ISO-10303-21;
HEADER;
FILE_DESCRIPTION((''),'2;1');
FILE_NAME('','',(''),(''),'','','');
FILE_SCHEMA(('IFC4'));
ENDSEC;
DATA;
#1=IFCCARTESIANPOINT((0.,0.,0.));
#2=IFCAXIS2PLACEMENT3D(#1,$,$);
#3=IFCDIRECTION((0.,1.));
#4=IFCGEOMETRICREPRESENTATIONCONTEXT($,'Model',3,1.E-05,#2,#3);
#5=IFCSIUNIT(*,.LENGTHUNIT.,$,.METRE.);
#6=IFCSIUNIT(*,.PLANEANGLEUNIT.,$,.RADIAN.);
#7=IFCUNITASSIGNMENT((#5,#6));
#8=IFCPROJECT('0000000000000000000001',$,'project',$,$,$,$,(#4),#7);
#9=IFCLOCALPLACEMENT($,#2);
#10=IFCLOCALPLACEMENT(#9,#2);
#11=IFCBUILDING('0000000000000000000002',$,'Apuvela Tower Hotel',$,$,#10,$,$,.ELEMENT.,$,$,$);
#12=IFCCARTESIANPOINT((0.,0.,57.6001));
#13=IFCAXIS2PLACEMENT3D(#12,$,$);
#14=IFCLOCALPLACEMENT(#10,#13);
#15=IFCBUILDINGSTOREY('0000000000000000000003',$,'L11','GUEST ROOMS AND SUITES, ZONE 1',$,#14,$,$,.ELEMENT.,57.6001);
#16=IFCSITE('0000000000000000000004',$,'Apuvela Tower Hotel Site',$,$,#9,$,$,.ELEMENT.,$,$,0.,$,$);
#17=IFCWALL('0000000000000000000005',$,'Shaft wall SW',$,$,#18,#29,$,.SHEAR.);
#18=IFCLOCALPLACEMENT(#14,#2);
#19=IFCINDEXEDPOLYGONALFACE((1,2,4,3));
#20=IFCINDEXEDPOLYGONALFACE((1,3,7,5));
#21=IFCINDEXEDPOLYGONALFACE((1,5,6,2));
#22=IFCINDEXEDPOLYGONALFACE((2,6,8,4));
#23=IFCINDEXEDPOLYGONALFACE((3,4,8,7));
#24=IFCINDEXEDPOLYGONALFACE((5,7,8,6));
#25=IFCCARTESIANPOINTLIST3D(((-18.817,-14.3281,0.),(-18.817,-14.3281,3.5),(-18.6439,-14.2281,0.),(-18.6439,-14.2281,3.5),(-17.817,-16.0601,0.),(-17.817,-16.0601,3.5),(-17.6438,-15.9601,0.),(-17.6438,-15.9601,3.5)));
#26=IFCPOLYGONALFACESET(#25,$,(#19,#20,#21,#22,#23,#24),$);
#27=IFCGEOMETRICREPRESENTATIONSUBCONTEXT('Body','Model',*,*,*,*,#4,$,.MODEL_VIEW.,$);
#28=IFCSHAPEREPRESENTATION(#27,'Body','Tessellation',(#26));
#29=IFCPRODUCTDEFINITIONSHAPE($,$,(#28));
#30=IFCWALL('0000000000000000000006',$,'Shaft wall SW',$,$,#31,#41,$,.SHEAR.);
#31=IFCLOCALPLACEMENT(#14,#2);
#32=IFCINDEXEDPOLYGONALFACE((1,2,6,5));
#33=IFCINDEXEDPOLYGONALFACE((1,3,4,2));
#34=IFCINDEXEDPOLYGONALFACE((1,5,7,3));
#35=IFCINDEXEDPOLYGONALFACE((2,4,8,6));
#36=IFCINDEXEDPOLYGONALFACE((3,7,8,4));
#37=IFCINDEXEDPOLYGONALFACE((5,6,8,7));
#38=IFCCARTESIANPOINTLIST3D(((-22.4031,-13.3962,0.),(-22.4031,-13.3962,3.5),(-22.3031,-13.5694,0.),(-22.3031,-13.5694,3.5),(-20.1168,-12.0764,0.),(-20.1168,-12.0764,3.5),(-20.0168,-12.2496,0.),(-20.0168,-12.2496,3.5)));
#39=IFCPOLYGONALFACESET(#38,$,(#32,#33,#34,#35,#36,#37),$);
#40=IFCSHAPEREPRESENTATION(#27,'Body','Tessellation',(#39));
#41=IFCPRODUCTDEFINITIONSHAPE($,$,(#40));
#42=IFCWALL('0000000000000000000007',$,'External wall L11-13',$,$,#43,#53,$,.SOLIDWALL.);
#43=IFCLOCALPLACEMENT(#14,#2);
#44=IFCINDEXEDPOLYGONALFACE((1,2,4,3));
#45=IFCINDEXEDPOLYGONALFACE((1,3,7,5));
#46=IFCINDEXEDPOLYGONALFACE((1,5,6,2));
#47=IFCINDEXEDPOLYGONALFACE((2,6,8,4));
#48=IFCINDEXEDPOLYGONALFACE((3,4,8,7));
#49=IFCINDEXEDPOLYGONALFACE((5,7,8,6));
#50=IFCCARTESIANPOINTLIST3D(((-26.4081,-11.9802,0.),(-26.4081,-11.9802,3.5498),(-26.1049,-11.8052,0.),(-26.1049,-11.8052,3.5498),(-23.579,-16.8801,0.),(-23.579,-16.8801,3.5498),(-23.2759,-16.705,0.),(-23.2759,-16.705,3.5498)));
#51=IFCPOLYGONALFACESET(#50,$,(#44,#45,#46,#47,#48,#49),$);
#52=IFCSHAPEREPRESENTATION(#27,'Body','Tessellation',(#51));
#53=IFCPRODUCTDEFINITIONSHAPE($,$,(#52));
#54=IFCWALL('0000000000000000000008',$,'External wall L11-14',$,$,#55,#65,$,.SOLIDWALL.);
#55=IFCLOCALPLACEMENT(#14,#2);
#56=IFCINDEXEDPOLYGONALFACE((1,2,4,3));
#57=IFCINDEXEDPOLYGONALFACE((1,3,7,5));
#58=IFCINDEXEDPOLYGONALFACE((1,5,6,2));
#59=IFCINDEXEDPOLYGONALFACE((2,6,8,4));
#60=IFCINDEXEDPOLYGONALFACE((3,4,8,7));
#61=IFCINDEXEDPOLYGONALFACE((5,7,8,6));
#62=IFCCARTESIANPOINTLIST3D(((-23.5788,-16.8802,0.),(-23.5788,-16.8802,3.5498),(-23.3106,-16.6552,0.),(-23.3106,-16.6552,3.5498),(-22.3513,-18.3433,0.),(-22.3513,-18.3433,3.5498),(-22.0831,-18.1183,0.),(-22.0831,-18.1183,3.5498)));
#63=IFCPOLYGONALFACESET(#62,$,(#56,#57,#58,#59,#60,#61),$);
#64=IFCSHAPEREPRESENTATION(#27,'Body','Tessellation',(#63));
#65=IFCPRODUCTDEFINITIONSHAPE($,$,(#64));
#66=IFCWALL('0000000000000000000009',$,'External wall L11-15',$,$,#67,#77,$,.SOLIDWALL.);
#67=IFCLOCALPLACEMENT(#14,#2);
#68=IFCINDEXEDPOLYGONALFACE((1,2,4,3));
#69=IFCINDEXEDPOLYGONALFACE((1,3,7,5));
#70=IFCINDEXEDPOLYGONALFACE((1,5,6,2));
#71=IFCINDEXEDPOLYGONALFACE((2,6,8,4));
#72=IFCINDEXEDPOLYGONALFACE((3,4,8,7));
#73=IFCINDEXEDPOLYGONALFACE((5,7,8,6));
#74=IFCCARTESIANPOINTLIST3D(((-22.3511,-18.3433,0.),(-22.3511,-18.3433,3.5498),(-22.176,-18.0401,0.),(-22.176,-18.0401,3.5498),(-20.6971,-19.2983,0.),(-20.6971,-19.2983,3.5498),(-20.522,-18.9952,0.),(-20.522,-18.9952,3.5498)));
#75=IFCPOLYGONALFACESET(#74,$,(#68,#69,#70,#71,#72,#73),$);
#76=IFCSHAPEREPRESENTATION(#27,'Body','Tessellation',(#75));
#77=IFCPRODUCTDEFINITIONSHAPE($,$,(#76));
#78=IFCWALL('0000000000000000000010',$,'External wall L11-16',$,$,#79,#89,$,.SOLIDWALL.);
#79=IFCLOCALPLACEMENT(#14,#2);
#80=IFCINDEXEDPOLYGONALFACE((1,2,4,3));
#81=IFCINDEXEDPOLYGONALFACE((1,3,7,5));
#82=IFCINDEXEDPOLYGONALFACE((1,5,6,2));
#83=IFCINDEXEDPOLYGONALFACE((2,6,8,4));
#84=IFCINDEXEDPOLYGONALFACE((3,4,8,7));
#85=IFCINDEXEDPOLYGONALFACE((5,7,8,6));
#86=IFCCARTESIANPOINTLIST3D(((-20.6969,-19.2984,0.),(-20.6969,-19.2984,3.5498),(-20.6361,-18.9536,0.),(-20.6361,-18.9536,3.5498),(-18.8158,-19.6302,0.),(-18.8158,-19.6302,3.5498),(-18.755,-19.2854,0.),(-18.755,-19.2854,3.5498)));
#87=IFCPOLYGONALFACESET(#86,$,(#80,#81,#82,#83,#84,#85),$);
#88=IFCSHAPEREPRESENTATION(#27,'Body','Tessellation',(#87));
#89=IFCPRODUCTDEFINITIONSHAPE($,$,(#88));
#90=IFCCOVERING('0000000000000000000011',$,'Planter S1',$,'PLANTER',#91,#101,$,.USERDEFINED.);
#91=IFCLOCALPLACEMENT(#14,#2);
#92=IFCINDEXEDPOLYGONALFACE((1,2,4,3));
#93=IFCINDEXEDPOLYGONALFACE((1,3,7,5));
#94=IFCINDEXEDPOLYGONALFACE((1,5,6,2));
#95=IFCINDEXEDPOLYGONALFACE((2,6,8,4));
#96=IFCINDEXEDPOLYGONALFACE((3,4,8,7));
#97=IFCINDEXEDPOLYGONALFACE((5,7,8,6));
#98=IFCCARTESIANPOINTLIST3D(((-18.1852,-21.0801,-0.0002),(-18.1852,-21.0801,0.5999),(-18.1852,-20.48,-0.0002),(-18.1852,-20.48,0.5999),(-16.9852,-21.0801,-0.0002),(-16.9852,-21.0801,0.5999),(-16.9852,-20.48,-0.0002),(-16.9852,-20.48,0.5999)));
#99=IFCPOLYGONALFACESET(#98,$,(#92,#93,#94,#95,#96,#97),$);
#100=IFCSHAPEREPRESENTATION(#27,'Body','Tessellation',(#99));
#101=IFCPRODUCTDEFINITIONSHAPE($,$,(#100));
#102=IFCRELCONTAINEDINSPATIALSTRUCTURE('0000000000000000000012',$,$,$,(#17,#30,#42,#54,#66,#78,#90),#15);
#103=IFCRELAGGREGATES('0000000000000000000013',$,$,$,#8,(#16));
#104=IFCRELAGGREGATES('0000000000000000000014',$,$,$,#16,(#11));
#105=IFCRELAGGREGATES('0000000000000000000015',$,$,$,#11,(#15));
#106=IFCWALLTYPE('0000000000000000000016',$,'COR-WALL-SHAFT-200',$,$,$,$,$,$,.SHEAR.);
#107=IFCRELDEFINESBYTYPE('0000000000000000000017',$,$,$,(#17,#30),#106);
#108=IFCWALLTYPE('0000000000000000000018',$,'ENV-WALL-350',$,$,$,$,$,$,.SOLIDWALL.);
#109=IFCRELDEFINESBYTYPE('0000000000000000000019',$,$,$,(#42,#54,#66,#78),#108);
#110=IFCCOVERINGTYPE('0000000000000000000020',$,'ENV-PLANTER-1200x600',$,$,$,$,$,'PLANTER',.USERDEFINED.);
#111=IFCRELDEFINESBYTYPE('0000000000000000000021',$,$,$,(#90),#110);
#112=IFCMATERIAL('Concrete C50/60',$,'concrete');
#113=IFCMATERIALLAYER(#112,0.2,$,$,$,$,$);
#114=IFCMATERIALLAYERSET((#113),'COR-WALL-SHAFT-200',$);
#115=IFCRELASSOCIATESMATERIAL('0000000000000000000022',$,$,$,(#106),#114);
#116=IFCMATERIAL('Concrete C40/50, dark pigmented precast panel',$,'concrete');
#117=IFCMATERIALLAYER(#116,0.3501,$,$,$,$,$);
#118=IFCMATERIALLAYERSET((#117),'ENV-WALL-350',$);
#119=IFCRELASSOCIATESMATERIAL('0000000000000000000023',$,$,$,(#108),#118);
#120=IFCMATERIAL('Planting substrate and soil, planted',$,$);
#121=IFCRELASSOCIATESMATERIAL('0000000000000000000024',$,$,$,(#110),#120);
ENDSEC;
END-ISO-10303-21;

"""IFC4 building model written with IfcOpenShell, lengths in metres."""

from ifc_helpers import new_model, si_unit, direction, frame, frame_2d, origin, origin_2d, place, context, subcontext, project, spatial, rectangle, extrude, material, layer, layer_set, type_object, element, save


model = new_model("IFC4")

# Units and contexts
model_context = context("Model", 3, precision=1e-05, world=origin(), true_north=direction((0.0, 1.0)))
body_context = subcontext(model_context, "Body", "Model", "MODEL_VIEW")
ifc_project = project(units=[si_unit("LENGTHUNIT", "METRE"), si_unit("PLANEANGLEUNIT", "RADIAN")], contexts=[model_context])

# Site, building, storey
site_placement = place(None, origin())
site = spatial("IfcSite", under=ifc_project, at=site_placement, Name="Apuvela Tower Hotel Site", CompositionType="ELEMENT", RefElevation=0.0)
building_placement = place(site_placement, origin())
building = spatial("IfcBuilding", under=site, at=building_placement, Name="Apuvela Tower Hotel", CompositionType="ELEMENT")
storey_placement = place(building_placement, frame((0.0, 0.0, 57.6001)))
storey = spatial("IfcBuildingStorey", under=building, at=storey_placement, Name="L11", Description="GUEST ROOMS AND SUITES, ZONE 1", CompositionType="ELEMENT", Elevation=57.6001)

# Shared definitions
ifc_material_1 = material(Name="Concrete C50/60", Category="concrete")
ifc_layer_1 = layer(ifc_material_1, 0.2)
ifc_layer_set_1 = layer_set([ifc_layer_1], Name="COR-WALL-SHAFT-200")
wall_type_1 = type_object("IfcWallType", Name="COR-WALL-SHAFT-200", PredefinedType="SHEAR", material=ifc_layer_set_1)

# Walls
wall_1_placement = place(storey_placement, frame((-18.7305, -14.2781, 0.0), z_axis=(0.0, 0.0, 1.0), x_axis=(0.500025, -0.866011, 0.0)))
element("IfcWall", 1, at=wall_1_placement, inside=storey, type_object=wall_type_1, Name="Shaft wall SW", PredefinedType="SHEAR", context=body_context, shape_type="SweptSolid", body=[
    extrude(rectangle(XDim=2.0, YDim=0.2, at=frame_2d((1.0, 0.0))), origin(), (0.0, 0.0, 1.0), 3.5),
])
wall_2_placement = place(storey_placement, frame((-20.0669, -12.1631, 0.0), z_axis=(0.0, 0.0, 1.0), x_axis=(-0.866061, -0.499939, 0.0)))
element("IfcWall", 2, at=wall_2_placement, inside=storey, type_object=wall_type_1, Name="Shaft wall SW", PredefinedType="SHEAR", context=body_context, shape_type="SweptSolid", body=[
    extrude(rectangle(XDim=2.6399, YDim=0.2, at=frame_2d((1.3198, 0.0))), origin(), (0.0, 0.0, 1.0), 3.5),
])
ifc_material_2 = material(Name="Concrete C40/50, dark pigmented precast panel", Category="concrete")
ifc_layer_2 = layer(ifc_material_2, 0.3501)
ifc_layer_set_2 = layer_set([ifc_layer_2], Name="ENV-WALL-350")
wall_type_2 = type_object("IfcWallType", Name="ENV-WALL-350", PredefinedType="SOLIDWALL", material=ifc_layer_set_2)
wall_3_placement = place(storey_placement, frame((-26.2566, -11.8926, 0.0), z_axis=(0.0, 0.0, 1.0), x_axis=(0.500019, -0.866015, 0.0)))
element("IfcWall", 3, at=wall_3_placement, inside=storey, type_object=wall_type_2, Name="External wall L11-13", PredefinedType="SOLIDWALL", context=body_context, shape_type="SweptSolid", body=[
    extrude(rectangle(XDim=5.658, YDim=0.3501, at=frame_2d((2.8291, 0.0))), origin(), (0.0, 0.0, 1.0), 3.5498),
])
for number, where, z_axis, x_axis, name in (
    (4, (-23.4448, -16.7676, 0.0), (0.0, 0.0, 1.0), (0.642733, -0.76609, 0.0), "External wall L11-14"),
    (5, (-22.2637, -18.1917, 0.0), (0.0, 0.0, 1.0), (0.866, -0.500043, 0.0), "External wall L11-15"),
):
    element("IfcWall", number, at=place(storey_placement, frame(where, z_axis=z_axis, x_axis=x_axis)), inside=storey, type_object=wall_type_2, Name=name, PredefinedType="SOLIDWALL", context=body_context, shape_type="SweptSolid", body=[
        extrude(rectangle(XDim=1.9099, YDim=0.3501, at=frame_2d((0.9551, 0.0))), origin(), (0.0, 0.0, 1.0), 3.5498),
    ])
wall_4_placement = place(storey_placement, frame((-20.6665, -19.126, 0.0), z_axis=(0.0, 0.0, 1.0), x_axis=(0.984799, -0.173698, 0.0)))
element("IfcWall", 6, at=wall_4_placement, inside=storey, type_object=wall_type_2, Name="External wall L11-16", PredefinedType="SOLIDWALL", context=body_context, shape_type="SweptSolid", body=[
    extrude(rectangle(XDim=1.9102, YDim=0.3501, at=frame_2d((0.9551, 0.0))), origin(), (0.0, 0.0, 1.0), 3.5498),
])

# Covering
ifc_material_3 = material(Name="Planting substrate and soil, planted")
covering_type = type_object("IfcCoveringType", Name="ENV-PLANTER-1200x600", ElementType="PLANTER", PredefinedType="USERDEFINED", material=ifc_material_3)
covering_placement = place(storey_placement, frame((-17.5852, -20.78, -0.0002), z_axis=(0.0, 0.0, 1.0), x_axis=(1.0, 0.0, 0.0)))
element("IfcCovering", 7, at=covering_placement, inside=storey, type_object=covering_type, Name="Planter S1", ObjectType="PLANTER", PredefinedType="USERDEFINED", context=body_context, shape_type="SweptSolid", body=[
    extrude(rectangle(XDim=1.2, YDim=0.6001, at=origin_2d()), origin(), (0.0, 0.0, 1.0), 0.6001),
])

save(model, "model.ifc")
